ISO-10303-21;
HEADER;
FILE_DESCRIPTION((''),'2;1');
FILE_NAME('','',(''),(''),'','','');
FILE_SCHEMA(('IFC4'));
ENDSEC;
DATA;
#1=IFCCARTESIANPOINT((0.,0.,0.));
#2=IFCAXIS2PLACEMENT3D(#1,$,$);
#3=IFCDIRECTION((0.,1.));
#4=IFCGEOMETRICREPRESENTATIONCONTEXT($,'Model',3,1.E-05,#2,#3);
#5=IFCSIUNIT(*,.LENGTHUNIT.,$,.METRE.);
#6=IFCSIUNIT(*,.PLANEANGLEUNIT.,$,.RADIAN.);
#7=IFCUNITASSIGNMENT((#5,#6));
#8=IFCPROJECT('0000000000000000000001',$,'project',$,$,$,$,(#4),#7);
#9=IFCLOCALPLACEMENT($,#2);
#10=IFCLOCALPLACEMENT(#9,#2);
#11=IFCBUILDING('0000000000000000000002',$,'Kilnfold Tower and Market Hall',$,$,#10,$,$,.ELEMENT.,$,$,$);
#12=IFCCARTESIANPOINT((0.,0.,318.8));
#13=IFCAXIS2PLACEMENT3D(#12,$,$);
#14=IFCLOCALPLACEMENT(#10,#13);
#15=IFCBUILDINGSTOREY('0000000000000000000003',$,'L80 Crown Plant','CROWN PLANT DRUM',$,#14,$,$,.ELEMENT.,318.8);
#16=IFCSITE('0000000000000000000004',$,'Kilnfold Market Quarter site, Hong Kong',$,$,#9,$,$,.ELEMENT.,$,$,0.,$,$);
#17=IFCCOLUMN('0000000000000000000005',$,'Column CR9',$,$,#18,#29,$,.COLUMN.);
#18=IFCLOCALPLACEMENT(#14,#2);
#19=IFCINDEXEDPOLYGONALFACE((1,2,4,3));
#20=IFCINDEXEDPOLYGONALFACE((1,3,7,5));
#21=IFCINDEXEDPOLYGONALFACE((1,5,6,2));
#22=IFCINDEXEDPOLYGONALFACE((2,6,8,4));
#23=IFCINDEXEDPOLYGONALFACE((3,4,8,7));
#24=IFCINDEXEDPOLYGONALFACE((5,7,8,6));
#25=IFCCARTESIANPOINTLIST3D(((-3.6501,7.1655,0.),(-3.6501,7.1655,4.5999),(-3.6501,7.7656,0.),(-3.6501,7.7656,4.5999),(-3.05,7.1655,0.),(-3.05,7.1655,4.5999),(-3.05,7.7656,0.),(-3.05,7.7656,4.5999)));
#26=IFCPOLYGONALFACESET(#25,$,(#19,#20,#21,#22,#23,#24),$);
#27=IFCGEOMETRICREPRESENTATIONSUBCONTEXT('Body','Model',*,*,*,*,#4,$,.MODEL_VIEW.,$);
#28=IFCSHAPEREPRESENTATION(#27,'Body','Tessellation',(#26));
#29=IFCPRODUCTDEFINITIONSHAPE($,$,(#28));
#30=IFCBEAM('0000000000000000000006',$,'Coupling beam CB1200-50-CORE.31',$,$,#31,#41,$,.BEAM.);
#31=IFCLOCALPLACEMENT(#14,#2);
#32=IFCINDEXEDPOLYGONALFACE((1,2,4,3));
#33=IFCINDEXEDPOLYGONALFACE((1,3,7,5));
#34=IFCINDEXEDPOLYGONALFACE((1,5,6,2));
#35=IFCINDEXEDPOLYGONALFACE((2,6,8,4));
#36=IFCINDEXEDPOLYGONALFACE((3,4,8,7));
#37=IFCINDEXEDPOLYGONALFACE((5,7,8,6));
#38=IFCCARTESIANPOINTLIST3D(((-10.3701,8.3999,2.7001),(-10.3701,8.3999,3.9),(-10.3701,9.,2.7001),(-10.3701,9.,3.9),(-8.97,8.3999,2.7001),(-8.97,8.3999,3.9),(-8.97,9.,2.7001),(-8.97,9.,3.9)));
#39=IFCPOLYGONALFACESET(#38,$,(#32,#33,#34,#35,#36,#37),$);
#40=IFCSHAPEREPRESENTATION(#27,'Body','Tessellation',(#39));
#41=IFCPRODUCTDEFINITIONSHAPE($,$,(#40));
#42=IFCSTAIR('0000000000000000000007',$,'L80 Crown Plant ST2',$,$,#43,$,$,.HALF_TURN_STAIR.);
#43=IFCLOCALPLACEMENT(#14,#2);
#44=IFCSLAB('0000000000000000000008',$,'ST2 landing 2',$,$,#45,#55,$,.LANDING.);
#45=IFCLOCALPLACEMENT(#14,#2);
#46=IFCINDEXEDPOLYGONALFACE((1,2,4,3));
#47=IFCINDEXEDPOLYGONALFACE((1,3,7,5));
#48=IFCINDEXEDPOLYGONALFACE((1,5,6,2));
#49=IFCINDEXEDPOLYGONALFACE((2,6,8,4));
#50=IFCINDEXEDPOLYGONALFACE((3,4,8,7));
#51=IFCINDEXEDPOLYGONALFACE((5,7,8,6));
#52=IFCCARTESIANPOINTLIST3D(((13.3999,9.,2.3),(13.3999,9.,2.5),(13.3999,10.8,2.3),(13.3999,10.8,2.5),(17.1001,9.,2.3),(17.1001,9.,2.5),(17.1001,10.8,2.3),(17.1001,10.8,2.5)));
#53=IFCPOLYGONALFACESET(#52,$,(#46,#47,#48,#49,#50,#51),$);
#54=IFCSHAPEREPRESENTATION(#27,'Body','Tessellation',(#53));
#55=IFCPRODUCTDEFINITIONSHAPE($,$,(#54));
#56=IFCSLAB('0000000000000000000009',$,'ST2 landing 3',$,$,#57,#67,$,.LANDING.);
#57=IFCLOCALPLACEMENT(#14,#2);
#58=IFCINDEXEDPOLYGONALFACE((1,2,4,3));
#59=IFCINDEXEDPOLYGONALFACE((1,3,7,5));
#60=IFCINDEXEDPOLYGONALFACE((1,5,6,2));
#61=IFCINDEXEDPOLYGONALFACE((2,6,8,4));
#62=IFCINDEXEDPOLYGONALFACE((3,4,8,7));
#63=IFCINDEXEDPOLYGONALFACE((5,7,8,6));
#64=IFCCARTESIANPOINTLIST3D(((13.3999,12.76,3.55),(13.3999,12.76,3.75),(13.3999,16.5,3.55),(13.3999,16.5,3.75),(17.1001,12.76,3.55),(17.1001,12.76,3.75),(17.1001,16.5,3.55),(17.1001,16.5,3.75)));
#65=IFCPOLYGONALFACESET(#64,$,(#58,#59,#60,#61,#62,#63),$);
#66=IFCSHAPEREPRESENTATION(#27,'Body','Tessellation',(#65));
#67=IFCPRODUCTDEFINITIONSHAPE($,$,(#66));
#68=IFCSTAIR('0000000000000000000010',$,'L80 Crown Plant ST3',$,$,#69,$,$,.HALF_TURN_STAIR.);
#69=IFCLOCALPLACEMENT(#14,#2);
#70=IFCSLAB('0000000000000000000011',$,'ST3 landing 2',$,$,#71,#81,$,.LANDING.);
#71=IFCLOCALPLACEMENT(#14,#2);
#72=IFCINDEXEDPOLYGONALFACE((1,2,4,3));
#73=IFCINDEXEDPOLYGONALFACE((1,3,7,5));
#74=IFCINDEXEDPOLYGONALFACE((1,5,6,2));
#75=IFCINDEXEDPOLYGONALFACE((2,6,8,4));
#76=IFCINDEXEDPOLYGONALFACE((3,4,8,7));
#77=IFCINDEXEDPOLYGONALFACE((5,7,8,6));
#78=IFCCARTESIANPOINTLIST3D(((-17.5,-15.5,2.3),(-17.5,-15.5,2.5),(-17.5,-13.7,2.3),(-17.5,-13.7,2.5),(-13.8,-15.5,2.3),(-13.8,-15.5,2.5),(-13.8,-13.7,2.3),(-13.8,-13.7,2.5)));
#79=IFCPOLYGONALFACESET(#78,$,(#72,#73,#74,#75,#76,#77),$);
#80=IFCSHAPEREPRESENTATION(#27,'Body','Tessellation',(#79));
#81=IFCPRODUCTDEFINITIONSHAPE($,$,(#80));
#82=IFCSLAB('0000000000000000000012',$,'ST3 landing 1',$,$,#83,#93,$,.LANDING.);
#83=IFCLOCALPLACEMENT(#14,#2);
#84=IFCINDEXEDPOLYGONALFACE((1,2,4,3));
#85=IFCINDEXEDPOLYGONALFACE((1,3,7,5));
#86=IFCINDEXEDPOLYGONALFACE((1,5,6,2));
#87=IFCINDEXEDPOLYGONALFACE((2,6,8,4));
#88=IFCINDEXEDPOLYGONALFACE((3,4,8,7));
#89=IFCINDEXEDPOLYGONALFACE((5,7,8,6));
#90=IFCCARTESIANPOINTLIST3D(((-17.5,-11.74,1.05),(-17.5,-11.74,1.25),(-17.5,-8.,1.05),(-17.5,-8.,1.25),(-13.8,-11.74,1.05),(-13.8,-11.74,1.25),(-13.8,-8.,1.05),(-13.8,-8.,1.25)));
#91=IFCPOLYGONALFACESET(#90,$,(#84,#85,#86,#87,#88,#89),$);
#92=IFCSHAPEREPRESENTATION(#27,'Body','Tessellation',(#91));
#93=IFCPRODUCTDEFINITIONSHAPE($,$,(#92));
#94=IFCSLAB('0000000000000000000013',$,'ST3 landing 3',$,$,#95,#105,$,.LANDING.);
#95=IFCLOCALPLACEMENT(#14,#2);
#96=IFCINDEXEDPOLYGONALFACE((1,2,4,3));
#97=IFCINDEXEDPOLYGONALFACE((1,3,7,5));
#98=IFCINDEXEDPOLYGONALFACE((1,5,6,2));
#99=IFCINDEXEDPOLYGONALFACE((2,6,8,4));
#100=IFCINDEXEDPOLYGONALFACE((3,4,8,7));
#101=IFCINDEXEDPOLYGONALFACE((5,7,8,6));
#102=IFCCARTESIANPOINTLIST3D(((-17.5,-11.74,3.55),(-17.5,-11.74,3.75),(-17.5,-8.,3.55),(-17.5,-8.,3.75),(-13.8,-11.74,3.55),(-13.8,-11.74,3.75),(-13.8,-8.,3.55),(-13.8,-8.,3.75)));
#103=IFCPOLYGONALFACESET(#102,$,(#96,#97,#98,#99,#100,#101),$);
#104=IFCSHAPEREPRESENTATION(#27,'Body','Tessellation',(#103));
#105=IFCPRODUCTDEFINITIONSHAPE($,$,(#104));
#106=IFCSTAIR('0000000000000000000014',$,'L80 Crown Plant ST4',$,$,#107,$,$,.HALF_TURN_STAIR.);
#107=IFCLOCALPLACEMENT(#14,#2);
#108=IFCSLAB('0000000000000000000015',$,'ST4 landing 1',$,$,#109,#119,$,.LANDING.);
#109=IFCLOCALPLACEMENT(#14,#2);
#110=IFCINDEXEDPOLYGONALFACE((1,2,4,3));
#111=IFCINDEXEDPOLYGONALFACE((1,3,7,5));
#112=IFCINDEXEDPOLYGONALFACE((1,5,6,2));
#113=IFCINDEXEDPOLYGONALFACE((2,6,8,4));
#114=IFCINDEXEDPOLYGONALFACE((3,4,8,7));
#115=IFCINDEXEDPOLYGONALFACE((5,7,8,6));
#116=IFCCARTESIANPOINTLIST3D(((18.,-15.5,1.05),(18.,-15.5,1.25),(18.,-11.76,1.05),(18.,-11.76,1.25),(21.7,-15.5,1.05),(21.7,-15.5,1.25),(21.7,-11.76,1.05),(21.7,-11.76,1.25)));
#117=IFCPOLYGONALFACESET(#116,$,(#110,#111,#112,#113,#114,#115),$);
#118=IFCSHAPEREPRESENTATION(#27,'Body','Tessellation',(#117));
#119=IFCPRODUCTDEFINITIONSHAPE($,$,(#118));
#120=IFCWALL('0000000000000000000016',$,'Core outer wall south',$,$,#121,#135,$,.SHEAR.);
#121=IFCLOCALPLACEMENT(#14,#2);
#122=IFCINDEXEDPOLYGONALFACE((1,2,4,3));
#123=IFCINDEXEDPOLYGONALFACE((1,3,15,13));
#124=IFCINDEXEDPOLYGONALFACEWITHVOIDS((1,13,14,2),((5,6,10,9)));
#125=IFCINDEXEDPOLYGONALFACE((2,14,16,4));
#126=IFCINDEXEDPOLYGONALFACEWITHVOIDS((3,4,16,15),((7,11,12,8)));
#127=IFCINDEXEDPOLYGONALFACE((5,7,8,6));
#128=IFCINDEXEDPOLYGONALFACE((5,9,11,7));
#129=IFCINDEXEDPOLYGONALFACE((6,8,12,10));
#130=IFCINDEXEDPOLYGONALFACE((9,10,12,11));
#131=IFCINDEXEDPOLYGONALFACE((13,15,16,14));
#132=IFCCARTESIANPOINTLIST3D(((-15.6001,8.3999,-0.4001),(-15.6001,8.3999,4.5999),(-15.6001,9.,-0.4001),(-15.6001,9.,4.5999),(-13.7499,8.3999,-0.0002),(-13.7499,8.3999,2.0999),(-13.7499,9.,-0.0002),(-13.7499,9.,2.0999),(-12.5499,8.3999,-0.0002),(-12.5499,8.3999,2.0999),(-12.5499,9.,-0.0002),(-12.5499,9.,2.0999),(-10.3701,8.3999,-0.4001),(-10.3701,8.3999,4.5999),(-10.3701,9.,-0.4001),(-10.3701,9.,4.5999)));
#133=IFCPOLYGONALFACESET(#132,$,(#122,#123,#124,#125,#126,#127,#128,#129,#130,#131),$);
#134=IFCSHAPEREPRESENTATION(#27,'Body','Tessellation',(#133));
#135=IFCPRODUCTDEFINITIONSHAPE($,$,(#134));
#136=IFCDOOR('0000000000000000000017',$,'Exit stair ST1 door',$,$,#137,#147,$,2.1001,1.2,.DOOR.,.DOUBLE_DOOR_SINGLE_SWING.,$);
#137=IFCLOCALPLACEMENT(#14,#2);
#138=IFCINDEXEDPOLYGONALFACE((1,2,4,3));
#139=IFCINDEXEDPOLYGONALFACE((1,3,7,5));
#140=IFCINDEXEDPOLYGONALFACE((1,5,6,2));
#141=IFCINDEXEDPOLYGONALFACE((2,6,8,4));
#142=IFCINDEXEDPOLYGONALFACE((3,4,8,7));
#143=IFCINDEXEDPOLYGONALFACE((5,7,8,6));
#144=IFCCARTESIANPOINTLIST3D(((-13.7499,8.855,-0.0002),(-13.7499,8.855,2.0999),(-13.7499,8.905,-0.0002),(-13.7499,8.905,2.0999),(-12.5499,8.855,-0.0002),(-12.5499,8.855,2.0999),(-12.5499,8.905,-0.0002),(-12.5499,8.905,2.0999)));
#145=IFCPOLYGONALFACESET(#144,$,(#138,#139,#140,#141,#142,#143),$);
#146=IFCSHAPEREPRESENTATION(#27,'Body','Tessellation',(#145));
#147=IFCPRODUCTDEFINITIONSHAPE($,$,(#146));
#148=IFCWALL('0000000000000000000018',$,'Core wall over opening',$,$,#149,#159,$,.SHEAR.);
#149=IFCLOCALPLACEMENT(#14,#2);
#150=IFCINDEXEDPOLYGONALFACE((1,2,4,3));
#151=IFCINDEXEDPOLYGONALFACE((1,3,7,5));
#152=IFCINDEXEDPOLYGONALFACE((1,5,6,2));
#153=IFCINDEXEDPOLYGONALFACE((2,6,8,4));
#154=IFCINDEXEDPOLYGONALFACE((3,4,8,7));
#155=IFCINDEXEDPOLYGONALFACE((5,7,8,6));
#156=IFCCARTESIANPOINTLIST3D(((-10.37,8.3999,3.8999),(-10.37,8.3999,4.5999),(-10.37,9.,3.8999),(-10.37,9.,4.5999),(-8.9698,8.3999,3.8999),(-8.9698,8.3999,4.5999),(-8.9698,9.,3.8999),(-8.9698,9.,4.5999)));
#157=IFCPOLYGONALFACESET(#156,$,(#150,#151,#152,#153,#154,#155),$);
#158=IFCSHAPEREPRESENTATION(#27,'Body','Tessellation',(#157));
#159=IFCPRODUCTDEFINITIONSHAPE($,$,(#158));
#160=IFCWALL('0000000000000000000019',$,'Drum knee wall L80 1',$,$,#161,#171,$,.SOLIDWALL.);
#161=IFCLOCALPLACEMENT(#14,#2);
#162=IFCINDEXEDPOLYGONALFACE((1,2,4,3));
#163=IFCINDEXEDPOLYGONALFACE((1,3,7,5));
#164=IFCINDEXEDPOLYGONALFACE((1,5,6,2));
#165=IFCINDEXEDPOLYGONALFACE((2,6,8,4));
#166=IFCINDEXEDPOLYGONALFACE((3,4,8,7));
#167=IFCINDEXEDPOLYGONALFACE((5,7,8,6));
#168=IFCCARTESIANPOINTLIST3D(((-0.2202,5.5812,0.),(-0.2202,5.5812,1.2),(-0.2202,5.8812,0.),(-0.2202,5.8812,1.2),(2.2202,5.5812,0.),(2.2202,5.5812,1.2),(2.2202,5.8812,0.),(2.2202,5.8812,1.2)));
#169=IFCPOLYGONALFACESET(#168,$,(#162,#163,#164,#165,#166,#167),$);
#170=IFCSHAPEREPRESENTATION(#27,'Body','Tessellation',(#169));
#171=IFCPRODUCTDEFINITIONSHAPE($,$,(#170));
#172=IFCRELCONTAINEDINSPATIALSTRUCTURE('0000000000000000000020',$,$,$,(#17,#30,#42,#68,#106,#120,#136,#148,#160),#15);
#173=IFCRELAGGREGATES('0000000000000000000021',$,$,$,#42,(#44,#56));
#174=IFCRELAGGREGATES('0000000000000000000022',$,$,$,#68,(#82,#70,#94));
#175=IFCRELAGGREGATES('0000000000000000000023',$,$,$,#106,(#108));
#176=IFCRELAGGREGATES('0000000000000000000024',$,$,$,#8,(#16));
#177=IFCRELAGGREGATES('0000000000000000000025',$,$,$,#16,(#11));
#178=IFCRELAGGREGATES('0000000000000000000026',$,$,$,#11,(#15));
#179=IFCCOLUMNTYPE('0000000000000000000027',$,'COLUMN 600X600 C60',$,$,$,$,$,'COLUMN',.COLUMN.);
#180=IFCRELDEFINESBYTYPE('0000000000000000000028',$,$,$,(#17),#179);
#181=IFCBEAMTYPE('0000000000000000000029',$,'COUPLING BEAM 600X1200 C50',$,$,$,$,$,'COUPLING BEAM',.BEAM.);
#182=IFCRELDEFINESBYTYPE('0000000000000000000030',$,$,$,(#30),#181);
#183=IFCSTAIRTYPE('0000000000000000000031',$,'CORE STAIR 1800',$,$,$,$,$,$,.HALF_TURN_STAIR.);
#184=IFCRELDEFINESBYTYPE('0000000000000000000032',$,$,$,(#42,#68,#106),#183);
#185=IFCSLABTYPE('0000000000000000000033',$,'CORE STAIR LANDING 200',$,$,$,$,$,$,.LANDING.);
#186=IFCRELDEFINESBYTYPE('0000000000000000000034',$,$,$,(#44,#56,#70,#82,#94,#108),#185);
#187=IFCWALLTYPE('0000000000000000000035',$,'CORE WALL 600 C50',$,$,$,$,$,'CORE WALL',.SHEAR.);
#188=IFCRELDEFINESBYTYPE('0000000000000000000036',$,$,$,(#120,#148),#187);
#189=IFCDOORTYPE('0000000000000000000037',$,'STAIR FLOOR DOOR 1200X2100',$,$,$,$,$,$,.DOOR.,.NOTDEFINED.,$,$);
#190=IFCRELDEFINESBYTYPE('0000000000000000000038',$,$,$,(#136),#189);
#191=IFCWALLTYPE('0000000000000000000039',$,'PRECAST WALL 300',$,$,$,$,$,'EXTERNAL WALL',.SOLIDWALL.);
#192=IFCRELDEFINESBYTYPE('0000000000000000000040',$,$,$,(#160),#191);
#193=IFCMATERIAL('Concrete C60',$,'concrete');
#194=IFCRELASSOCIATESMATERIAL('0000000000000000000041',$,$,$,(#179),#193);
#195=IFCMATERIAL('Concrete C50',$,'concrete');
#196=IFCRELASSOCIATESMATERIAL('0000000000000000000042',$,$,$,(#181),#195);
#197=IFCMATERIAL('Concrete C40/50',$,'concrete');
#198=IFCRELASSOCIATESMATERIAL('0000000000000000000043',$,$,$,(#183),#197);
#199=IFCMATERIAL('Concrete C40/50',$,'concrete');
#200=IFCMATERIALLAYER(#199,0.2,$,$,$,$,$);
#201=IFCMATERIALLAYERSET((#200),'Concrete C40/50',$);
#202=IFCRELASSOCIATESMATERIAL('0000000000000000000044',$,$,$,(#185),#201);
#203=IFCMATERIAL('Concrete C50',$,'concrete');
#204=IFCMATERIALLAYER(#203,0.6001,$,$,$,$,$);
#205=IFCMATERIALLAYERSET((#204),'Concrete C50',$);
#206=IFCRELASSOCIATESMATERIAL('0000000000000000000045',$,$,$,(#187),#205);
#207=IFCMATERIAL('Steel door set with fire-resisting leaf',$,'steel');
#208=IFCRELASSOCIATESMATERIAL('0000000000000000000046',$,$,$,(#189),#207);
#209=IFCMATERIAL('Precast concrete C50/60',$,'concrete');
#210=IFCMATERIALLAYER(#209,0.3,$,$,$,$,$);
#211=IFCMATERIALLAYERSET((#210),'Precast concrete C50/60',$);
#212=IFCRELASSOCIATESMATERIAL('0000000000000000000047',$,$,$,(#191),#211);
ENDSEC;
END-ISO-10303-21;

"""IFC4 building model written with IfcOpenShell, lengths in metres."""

from ifc_helpers import new_model, si_unit, direction, frame, frame_2d, origin, origin_2d, place, context, subcontext, project, spatial, polyline, rectangle, outline, extrude, source, transform, mapped, material, layer, layer_set, material_profile, profile_set, type_object, element, fill, aggregate, save


model = new_model("IFC4")

# Units and contexts
model_context = context("Model", 3, precision=1e-05, world=origin(), true_north=direction((0.0, 1.0)))
body_context = subcontext(model_context, "Body", "Model", "MODEL_VIEW")
ifc_project = project(units=[si_unit("LENGTHUNIT", "METRE"), si_unit("PLANEANGLEUNIT", "RADIAN")], contexts=[model_context])

# Site, building, storey
site_placement = place(None, origin())
site = spatial("IfcSite", under=ifc_project, at=site_placement, Name="Kilnfold Market Quarter site, Hong Kong", CompositionType="ELEMENT", RefElevation=0.0)
building_placement = place(site_placement, origin())
building = spatial("IfcBuilding", under=site, at=building_placement, Name="Kilnfold Tower and Market Hall", CompositionType="ELEMENT")
storey_placement = place(building_placement, frame((0.0, 0.0, 318.8)))
storey = spatial("IfcBuildingStorey", under=building, at=storey_placement, Name="L80 Crown Plant", Description="CROWN PLANT DRUM", CompositionType="ELEMENT", Elevation=318.8)

# Column
ifc_material_1 = material(Name="Concrete C60", Category="concrete")
ifc_material_profile_1 = material_profile(ifc_material_1, rectangle(XDim=0.6001, YDim=0.6001, at=origin_2d()), Name="RC 600x600")
ifc_profile_set_1 = profile_set([ifc_material_profile_1], Name="Concrete C60")
column_type = type_object("IfcColumnType", Name="COLUMN 600X600 C60", ElementType="COLUMN", PredefinedType="COLUMN", material=ifc_profile_set_1)
shared_shape_1 = source(origin(), body_context, "Body", "SweptSolid", [
    extrude(rectangle(XDim=0.6001, YDim=0.6001, at=origin_2d()), origin(), (0.0, 0.0, 1.0), 4.5999),
])
column_placement = place(storey_placement, frame((-3.3501, 7.4656, 0.0), z_axis=(0.0, 0.0, 1.0), x_axis=(1.0, 0.0, 0.0)))
element("IfcColumn", 1, at=column_placement, inside=storey, type_object=column_type, Name="Column CR9", PredefinedType="COLUMN", context=body_context, shape_type="MappedRepresentation", body=[
    mapped(shared_shape_1, transform((0.0, 0.0, 0.0))),
])

# Beam
ifc_material_2 = material(Name="Concrete C50", Category="concrete")
ifc_material_profile_2 = material_profile(ifc_material_2, rectangle(XDim=0.6001, YDim=1.2, at=origin_2d()), Name="RC 600x1200")
ifc_profile_set_2 = profile_set([ifc_material_profile_2], Name="Concrete C50")
beam_type = type_object("IfcBeamType", Name="COUPLING BEAM 600X1200 C50", ElementType="COUPLING BEAM", PredefinedType="BEAM", material=ifc_profile_set_2)
shared_shape_2 = source(origin(), body_context, "Body", "SweptSolid", [
    extrude(rectangle(XDim=0.6001, YDim=1.2, at=origin_2d()), origin(), (0.0, 0.0, 1.0), 1.4001),
])
beam_placement = place(storey_placement, frame((-10.3701, 8.7, 3.3), z_axis=(1.0, 0.0, 0.0), x_axis=(0.0, 1.0, 0.0)))
element("IfcBeam", 2, at=beam_placement, inside=storey, type_object=beam_type, Name="Coupling beam CB1200-50-CORE.31", PredefinedType="BEAM", context=body_context, shape_type="MappedRepresentation", body=[
    mapped(shared_shape_2, transform((0.0, 0.0, 0.0))),
])

# Stairs, slabs
ifc_material_3 = material(Name="Concrete C40/50", Category="concrete")
stair_type = type_object("IfcStairType", Name="CORE STAIR 1800", PredefinedType="HALF_TURN_STAIR", material=ifc_material_3)
stair_1_placement = place(storey_placement, origin())
stair_1 = element("IfcStair", 3, at=stair_1_placement, inside=storey, type_object=stair_type, Name="L80 Crown Plant ST2", PredefinedType="HALF_TURN_STAIR")
ifc_material_4 = material(Name="Concrete C40/50", Category="concrete")
ifc_layer_1 = layer(ifc_material_4, 0.2)
ifc_layer_set_1 = layer_set([ifc_layer_1], Name="Concrete C40/50")
slab_type = type_object("IfcSlabType", Name="CORE STAIR LANDING 200", PredefinedType="LANDING", material=ifc_layer_set_1)
shared_shape_3 = source(origin(), body_context, "Body", "SweptSolid", [
    extrude(outline(polyline([(17.1001, 9.0), (17.1001, 10.8), (13.3999, 10.8), (13.3999, 9.0), (17.1001, 9.0)])), origin(), (0.0, 0.0, 1.0), 0.2),
])
slab_1_placement = place(storey_placement, frame((0.0, 0.0, 2.3)))
slab_1 = element("IfcSlab", 4, at=slab_1_placement, type_object=slab_type, Name="ST2 landing 2", PredefinedType="LANDING", context=body_context, shape_type="MappedRepresentation", body=[
    mapped(shared_shape_3, transform((0.0, 0.0, 0.0))),
])
shared_shape_4 = source(origin(), body_context, "Body", "SweptSolid", [
    extrude(outline(polyline([(17.1001, 12.76), (17.1001, 16.5), (13.3999, 16.5), (13.3999, 12.76), (17.1001, 12.76)])), origin(), (0.0, 0.0, 1.0), 0.2),
])
slab_2_placement = place(storey_placement, frame((0.0, 0.0, 3.55)))
slab_2 = element("IfcSlab", 5, at=slab_2_placement, type_object=slab_type, Name="ST2 landing 3", PredefinedType="LANDING", context=body_context, shape_type="MappedRepresentation", body=[
    mapped(shared_shape_4, transform((0.0, 0.0, 0.0))),
])
aggregate(stair_1, [slab_1, slab_2])
stair_2_placement = place(storey_placement, origin())
stair_2 = element("IfcStair", 6, at=stair_2_placement, inside=storey, type_object=stair_type, Name="L80 Crown Plant ST3", PredefinedType="HALF_TURN_STAIR")
shared_shape_5 = source(origin(), body_context, "Body", "SweptSolid", [
    extrude(outline(polyline([(-13.8, -15.5), (-13.8, -13.7), (-17.5, -13.7), (-17.5, -15.5), (-13.8, -15.5)])), origin(), (0.0, 0.0, 1.0), 0.2),
])
slab_3_placement = place(storey_placement, frame((0.0, 0.0, 2.3)))
slab_3 = element("IfcSlab", 7, at=slab_3_placement, type_object=slab_type, Name="ST3 landing 2", PredefinedType="LANDING", context=body_context, shape_type="MappedRepresentation", body=[
    mapped(shared_shape_5, transform((0.0, 0.0, 0.0))),
])
shared_shape_6 = source(origin(), body_context, "Body", "SweptSolid", [
    extrude(outline(polyline([(-13.8, -11.74), (-13.8, -8.0), (-17.5, -8.0), (-17.5, -11.74), (-13.8, -11.74)])), origin(), (0.0, 0.0, 1.0), 0.2),
])
slab_4_placement = place(storey_placement, frame((0.0, 0.0, 1.05)))
slab_4 = element("IfcSlab", 8, at=slab_4_placement, type_object=slab_type, Name="ST3 landing 1", PredefinedType="LANDING", context=body_context, shape_type="MappedRepresentation", body=[
    mapped(shared_shape_6, transform((0.0, 0.0, 0.0))),
])
slab_5_placement = place(storey_placement, frame((0.0, 0.0, 3.55)))
slab_5 = element("IfcSlab", 9, at=slab_5_placement, type_object=slab_type, Name="ST3 landing 3", PredefinedType="LANDING", context=body_context, shape_type="MappedRepresentation", body=[
    mapped(shared_shape_6, transform((0.0, 0.0, 0.0))),
])
aggregate(stair_2, [slab_4, slab_3, slab_5])

# Stair, slab
stair_3_placement = place(storey_placement, origin())
stair_3 = element("IfcStair", 10, at=stair_3_placement, inside=storey, type_object=stair_type, Name="L80 Crown Plant ST4", PredefinedType="HALF_TURN_STAIR")
shared_shape_7 = source(origin(), body_context, "Body", "SweptSolid", [
    extrude(outline(polyline([(18.0, -11.76), (18.0, -15.5), (21.7, -15.5), (21.7, -11.76), (18.0, -11.76)])), origin(), (0.0, 0.0, 1.0), 0.2),
])
slab_6_placement = place(storey_placement, frame((0.0, 0.0, 1.05)))
slab_6 = element("IfcSlab", 11, at=slab_6_placement, type_object=slab_type, Name="ST4 landing 1", PredefinedType="LANDING", context=body_context, shape_type="MappedRepresentation", body=[
    mapped(shared_shape_7, transform((0.0, 0.0, 0.0))),
])
aggregate(stair_3, [slab_6])

# Wall, opening, door
ifc_material_5 = material(Name="Concrete C50", Category="concrete")
ifc_layer_2 = layer(ifc_material_5, 0.6001)
ifc_layer_set_2 = layer_set([ifc_layer_2], Name="Concrete C50")
wall_type_1 = type_object("IfcWallType", Name="CORE WALL 600 C50", ElementType="CORE WALL", PredefinedType="SHEAR", material=ifc_layer_set_2)
shared_shape_8 = source(origin(), body_context, "Body", "SweptSolid", [
    extrude(rectangle(XDim=5.23, YDim=0.6001, at=frame_2d((2.615, 0.0))), origin(), (0.0, 0.0, 1.0), 5.0),
])
wall_1_placement = place(storey_placement, frame((-15.6001, 8.7, -0.4001), z_axis=(0.0, 0.0, 1.0), x_axis=(1.0, 0.0, 0.0)))
wall_1 = element("IfcWall", 12, at=wall_1_placement, inside=storey, type_object=wall_type_1, Name="Core outer wall south", PredefinedType="SHEAR", context=body_context, shape_type="MappedRepresentation", body=[
    mapped(shared_shape_8, transform((0.0, 0.0, 0.0))),
])
opening_1_placement = place(wall_1_placement, frame((1.8501, 0.0, 0.3999)))
opening_1 = element("IfcOpeningElement", 13, at=opening_1_placement, cuts=wall_1, PredefinedType="OPENING", context=body_context, shape_type="SweptSolid", body=[
    extrude(rectangle(XDim=1.2, YDim=2.1001, at=frame_2d((0.6001, 1.05))), frame((0.0, 0.3101, 0.0), z_axis=(0.0, -1.0, 0.0), x_axis=(1.0, 0.0, 0.0)), (0.0, 0.0, 1.0), 0.6201),
])
ifc_material_6 = material(Name="Steel door set with fire-resisting leaf", Category="steel")
door_type_1 = type_object("IfcDoorType", Name="STAIR FLOOR DOOR 1200X2100", OperationType="NOTDEFINED", PredefinedType="DOOR", material=ifc_material_6)
door_1_placement = place(opening_1_placement, origin())
door_1 = element("IfcDoor", 14, at=door_1_placement, inside=storey, type_object=door_type_1, Name="Exit stair ST1 door", OperationType="DOUBLE_DOOR_SINGLE_SWING", OverallHeight=2.1001, OverallWidth=1.2, PredefinedType="DOOR", context=body_context, shape_type="SweptSolid", body=[
    extrude(rectangle(XDim=1.2, YDim=2.1001, at=frame_2d((0.6001, 1.05))), frame((0.0, 0.2051, 0.0), z_axis=(0.0, -1.0, 0.0), x_axis=(1.0, 0.0, 0.0)), (0.0, 0.0, 1.0), 0.05),
])
fill(opening_1, door_1)

# Walls
shared_shape_9 = source(origin(), body_context, "Body", "SweptSolid", [
    extrude(rectangle(XDim=1.4001, YDim=0.6001, at=frame_2d((0.7002, 0.0))), origin(), (0.0, 0.0, 1.0), 0.7),
])
wall_2_placement = place(storey_placement, frame((-10.3701, 8.7, 3.8999), z_axis=(0.0, 0.0, 1.0), x_axis=(1.0, 0.0, 0.0)))
element("IfcWall", 15, at=wall_2_placement, inside=storey, type_object=wall_type_1, Name="Core wall over opening", PredefinedType="SHEAR", context=body_context, shape_type="MappedRepresentation", body=[
    mapped(shared_shape_9, transform((0.0, 0.0, 0.0))),
])
ifc_material_7 = material(Name="Precast concrete C50/60", Category="concrete")
ifc_layer_3 = layer(ifc_material_7, 0.3)
ifc_layer_set_3 = layer_set([ifc_layer_3], Name="Precast concrete C50/60")
wall_type_2 = type_object("IfcWallType", Name="PRECAST WALL 300", ElementType="EXTERNAL WALL", PredefinedType="SOLIDWALL", material=ifc_layer_set_3)
shared_shape_10 = source(origin(), body_context, "Body", "SweptSolid", [
    extrude(rectangle(XDim=2.4404, YDim=0.3, at=frame_2d((1.2202, 0.0))), origin(), (0.0, 0.0, 1.0), 1.2),
])
for number, where, z_axis, x_axis, name in (
    (16, (-0.2202, 5.7312, 0.0), (0.0, 0.0, 1.0), (1.0, 0.0, 0.0), "Drum knee wall L80 1"),
):
    element("IfcWall", number, at=place(storey_placement, frame(where, z_axis=z_axis, x_axis=x_axis)), inside=storey, type_object=wall_type_2, Name=name, PredefinedType="SOLIDWALL", context=body_context, shape_type="MappedRepresentation", body=[
        mapped(shared_shape_10, transform((0.0, 0.0, 0.0))),
    ])

save(model, "model.ifc")
